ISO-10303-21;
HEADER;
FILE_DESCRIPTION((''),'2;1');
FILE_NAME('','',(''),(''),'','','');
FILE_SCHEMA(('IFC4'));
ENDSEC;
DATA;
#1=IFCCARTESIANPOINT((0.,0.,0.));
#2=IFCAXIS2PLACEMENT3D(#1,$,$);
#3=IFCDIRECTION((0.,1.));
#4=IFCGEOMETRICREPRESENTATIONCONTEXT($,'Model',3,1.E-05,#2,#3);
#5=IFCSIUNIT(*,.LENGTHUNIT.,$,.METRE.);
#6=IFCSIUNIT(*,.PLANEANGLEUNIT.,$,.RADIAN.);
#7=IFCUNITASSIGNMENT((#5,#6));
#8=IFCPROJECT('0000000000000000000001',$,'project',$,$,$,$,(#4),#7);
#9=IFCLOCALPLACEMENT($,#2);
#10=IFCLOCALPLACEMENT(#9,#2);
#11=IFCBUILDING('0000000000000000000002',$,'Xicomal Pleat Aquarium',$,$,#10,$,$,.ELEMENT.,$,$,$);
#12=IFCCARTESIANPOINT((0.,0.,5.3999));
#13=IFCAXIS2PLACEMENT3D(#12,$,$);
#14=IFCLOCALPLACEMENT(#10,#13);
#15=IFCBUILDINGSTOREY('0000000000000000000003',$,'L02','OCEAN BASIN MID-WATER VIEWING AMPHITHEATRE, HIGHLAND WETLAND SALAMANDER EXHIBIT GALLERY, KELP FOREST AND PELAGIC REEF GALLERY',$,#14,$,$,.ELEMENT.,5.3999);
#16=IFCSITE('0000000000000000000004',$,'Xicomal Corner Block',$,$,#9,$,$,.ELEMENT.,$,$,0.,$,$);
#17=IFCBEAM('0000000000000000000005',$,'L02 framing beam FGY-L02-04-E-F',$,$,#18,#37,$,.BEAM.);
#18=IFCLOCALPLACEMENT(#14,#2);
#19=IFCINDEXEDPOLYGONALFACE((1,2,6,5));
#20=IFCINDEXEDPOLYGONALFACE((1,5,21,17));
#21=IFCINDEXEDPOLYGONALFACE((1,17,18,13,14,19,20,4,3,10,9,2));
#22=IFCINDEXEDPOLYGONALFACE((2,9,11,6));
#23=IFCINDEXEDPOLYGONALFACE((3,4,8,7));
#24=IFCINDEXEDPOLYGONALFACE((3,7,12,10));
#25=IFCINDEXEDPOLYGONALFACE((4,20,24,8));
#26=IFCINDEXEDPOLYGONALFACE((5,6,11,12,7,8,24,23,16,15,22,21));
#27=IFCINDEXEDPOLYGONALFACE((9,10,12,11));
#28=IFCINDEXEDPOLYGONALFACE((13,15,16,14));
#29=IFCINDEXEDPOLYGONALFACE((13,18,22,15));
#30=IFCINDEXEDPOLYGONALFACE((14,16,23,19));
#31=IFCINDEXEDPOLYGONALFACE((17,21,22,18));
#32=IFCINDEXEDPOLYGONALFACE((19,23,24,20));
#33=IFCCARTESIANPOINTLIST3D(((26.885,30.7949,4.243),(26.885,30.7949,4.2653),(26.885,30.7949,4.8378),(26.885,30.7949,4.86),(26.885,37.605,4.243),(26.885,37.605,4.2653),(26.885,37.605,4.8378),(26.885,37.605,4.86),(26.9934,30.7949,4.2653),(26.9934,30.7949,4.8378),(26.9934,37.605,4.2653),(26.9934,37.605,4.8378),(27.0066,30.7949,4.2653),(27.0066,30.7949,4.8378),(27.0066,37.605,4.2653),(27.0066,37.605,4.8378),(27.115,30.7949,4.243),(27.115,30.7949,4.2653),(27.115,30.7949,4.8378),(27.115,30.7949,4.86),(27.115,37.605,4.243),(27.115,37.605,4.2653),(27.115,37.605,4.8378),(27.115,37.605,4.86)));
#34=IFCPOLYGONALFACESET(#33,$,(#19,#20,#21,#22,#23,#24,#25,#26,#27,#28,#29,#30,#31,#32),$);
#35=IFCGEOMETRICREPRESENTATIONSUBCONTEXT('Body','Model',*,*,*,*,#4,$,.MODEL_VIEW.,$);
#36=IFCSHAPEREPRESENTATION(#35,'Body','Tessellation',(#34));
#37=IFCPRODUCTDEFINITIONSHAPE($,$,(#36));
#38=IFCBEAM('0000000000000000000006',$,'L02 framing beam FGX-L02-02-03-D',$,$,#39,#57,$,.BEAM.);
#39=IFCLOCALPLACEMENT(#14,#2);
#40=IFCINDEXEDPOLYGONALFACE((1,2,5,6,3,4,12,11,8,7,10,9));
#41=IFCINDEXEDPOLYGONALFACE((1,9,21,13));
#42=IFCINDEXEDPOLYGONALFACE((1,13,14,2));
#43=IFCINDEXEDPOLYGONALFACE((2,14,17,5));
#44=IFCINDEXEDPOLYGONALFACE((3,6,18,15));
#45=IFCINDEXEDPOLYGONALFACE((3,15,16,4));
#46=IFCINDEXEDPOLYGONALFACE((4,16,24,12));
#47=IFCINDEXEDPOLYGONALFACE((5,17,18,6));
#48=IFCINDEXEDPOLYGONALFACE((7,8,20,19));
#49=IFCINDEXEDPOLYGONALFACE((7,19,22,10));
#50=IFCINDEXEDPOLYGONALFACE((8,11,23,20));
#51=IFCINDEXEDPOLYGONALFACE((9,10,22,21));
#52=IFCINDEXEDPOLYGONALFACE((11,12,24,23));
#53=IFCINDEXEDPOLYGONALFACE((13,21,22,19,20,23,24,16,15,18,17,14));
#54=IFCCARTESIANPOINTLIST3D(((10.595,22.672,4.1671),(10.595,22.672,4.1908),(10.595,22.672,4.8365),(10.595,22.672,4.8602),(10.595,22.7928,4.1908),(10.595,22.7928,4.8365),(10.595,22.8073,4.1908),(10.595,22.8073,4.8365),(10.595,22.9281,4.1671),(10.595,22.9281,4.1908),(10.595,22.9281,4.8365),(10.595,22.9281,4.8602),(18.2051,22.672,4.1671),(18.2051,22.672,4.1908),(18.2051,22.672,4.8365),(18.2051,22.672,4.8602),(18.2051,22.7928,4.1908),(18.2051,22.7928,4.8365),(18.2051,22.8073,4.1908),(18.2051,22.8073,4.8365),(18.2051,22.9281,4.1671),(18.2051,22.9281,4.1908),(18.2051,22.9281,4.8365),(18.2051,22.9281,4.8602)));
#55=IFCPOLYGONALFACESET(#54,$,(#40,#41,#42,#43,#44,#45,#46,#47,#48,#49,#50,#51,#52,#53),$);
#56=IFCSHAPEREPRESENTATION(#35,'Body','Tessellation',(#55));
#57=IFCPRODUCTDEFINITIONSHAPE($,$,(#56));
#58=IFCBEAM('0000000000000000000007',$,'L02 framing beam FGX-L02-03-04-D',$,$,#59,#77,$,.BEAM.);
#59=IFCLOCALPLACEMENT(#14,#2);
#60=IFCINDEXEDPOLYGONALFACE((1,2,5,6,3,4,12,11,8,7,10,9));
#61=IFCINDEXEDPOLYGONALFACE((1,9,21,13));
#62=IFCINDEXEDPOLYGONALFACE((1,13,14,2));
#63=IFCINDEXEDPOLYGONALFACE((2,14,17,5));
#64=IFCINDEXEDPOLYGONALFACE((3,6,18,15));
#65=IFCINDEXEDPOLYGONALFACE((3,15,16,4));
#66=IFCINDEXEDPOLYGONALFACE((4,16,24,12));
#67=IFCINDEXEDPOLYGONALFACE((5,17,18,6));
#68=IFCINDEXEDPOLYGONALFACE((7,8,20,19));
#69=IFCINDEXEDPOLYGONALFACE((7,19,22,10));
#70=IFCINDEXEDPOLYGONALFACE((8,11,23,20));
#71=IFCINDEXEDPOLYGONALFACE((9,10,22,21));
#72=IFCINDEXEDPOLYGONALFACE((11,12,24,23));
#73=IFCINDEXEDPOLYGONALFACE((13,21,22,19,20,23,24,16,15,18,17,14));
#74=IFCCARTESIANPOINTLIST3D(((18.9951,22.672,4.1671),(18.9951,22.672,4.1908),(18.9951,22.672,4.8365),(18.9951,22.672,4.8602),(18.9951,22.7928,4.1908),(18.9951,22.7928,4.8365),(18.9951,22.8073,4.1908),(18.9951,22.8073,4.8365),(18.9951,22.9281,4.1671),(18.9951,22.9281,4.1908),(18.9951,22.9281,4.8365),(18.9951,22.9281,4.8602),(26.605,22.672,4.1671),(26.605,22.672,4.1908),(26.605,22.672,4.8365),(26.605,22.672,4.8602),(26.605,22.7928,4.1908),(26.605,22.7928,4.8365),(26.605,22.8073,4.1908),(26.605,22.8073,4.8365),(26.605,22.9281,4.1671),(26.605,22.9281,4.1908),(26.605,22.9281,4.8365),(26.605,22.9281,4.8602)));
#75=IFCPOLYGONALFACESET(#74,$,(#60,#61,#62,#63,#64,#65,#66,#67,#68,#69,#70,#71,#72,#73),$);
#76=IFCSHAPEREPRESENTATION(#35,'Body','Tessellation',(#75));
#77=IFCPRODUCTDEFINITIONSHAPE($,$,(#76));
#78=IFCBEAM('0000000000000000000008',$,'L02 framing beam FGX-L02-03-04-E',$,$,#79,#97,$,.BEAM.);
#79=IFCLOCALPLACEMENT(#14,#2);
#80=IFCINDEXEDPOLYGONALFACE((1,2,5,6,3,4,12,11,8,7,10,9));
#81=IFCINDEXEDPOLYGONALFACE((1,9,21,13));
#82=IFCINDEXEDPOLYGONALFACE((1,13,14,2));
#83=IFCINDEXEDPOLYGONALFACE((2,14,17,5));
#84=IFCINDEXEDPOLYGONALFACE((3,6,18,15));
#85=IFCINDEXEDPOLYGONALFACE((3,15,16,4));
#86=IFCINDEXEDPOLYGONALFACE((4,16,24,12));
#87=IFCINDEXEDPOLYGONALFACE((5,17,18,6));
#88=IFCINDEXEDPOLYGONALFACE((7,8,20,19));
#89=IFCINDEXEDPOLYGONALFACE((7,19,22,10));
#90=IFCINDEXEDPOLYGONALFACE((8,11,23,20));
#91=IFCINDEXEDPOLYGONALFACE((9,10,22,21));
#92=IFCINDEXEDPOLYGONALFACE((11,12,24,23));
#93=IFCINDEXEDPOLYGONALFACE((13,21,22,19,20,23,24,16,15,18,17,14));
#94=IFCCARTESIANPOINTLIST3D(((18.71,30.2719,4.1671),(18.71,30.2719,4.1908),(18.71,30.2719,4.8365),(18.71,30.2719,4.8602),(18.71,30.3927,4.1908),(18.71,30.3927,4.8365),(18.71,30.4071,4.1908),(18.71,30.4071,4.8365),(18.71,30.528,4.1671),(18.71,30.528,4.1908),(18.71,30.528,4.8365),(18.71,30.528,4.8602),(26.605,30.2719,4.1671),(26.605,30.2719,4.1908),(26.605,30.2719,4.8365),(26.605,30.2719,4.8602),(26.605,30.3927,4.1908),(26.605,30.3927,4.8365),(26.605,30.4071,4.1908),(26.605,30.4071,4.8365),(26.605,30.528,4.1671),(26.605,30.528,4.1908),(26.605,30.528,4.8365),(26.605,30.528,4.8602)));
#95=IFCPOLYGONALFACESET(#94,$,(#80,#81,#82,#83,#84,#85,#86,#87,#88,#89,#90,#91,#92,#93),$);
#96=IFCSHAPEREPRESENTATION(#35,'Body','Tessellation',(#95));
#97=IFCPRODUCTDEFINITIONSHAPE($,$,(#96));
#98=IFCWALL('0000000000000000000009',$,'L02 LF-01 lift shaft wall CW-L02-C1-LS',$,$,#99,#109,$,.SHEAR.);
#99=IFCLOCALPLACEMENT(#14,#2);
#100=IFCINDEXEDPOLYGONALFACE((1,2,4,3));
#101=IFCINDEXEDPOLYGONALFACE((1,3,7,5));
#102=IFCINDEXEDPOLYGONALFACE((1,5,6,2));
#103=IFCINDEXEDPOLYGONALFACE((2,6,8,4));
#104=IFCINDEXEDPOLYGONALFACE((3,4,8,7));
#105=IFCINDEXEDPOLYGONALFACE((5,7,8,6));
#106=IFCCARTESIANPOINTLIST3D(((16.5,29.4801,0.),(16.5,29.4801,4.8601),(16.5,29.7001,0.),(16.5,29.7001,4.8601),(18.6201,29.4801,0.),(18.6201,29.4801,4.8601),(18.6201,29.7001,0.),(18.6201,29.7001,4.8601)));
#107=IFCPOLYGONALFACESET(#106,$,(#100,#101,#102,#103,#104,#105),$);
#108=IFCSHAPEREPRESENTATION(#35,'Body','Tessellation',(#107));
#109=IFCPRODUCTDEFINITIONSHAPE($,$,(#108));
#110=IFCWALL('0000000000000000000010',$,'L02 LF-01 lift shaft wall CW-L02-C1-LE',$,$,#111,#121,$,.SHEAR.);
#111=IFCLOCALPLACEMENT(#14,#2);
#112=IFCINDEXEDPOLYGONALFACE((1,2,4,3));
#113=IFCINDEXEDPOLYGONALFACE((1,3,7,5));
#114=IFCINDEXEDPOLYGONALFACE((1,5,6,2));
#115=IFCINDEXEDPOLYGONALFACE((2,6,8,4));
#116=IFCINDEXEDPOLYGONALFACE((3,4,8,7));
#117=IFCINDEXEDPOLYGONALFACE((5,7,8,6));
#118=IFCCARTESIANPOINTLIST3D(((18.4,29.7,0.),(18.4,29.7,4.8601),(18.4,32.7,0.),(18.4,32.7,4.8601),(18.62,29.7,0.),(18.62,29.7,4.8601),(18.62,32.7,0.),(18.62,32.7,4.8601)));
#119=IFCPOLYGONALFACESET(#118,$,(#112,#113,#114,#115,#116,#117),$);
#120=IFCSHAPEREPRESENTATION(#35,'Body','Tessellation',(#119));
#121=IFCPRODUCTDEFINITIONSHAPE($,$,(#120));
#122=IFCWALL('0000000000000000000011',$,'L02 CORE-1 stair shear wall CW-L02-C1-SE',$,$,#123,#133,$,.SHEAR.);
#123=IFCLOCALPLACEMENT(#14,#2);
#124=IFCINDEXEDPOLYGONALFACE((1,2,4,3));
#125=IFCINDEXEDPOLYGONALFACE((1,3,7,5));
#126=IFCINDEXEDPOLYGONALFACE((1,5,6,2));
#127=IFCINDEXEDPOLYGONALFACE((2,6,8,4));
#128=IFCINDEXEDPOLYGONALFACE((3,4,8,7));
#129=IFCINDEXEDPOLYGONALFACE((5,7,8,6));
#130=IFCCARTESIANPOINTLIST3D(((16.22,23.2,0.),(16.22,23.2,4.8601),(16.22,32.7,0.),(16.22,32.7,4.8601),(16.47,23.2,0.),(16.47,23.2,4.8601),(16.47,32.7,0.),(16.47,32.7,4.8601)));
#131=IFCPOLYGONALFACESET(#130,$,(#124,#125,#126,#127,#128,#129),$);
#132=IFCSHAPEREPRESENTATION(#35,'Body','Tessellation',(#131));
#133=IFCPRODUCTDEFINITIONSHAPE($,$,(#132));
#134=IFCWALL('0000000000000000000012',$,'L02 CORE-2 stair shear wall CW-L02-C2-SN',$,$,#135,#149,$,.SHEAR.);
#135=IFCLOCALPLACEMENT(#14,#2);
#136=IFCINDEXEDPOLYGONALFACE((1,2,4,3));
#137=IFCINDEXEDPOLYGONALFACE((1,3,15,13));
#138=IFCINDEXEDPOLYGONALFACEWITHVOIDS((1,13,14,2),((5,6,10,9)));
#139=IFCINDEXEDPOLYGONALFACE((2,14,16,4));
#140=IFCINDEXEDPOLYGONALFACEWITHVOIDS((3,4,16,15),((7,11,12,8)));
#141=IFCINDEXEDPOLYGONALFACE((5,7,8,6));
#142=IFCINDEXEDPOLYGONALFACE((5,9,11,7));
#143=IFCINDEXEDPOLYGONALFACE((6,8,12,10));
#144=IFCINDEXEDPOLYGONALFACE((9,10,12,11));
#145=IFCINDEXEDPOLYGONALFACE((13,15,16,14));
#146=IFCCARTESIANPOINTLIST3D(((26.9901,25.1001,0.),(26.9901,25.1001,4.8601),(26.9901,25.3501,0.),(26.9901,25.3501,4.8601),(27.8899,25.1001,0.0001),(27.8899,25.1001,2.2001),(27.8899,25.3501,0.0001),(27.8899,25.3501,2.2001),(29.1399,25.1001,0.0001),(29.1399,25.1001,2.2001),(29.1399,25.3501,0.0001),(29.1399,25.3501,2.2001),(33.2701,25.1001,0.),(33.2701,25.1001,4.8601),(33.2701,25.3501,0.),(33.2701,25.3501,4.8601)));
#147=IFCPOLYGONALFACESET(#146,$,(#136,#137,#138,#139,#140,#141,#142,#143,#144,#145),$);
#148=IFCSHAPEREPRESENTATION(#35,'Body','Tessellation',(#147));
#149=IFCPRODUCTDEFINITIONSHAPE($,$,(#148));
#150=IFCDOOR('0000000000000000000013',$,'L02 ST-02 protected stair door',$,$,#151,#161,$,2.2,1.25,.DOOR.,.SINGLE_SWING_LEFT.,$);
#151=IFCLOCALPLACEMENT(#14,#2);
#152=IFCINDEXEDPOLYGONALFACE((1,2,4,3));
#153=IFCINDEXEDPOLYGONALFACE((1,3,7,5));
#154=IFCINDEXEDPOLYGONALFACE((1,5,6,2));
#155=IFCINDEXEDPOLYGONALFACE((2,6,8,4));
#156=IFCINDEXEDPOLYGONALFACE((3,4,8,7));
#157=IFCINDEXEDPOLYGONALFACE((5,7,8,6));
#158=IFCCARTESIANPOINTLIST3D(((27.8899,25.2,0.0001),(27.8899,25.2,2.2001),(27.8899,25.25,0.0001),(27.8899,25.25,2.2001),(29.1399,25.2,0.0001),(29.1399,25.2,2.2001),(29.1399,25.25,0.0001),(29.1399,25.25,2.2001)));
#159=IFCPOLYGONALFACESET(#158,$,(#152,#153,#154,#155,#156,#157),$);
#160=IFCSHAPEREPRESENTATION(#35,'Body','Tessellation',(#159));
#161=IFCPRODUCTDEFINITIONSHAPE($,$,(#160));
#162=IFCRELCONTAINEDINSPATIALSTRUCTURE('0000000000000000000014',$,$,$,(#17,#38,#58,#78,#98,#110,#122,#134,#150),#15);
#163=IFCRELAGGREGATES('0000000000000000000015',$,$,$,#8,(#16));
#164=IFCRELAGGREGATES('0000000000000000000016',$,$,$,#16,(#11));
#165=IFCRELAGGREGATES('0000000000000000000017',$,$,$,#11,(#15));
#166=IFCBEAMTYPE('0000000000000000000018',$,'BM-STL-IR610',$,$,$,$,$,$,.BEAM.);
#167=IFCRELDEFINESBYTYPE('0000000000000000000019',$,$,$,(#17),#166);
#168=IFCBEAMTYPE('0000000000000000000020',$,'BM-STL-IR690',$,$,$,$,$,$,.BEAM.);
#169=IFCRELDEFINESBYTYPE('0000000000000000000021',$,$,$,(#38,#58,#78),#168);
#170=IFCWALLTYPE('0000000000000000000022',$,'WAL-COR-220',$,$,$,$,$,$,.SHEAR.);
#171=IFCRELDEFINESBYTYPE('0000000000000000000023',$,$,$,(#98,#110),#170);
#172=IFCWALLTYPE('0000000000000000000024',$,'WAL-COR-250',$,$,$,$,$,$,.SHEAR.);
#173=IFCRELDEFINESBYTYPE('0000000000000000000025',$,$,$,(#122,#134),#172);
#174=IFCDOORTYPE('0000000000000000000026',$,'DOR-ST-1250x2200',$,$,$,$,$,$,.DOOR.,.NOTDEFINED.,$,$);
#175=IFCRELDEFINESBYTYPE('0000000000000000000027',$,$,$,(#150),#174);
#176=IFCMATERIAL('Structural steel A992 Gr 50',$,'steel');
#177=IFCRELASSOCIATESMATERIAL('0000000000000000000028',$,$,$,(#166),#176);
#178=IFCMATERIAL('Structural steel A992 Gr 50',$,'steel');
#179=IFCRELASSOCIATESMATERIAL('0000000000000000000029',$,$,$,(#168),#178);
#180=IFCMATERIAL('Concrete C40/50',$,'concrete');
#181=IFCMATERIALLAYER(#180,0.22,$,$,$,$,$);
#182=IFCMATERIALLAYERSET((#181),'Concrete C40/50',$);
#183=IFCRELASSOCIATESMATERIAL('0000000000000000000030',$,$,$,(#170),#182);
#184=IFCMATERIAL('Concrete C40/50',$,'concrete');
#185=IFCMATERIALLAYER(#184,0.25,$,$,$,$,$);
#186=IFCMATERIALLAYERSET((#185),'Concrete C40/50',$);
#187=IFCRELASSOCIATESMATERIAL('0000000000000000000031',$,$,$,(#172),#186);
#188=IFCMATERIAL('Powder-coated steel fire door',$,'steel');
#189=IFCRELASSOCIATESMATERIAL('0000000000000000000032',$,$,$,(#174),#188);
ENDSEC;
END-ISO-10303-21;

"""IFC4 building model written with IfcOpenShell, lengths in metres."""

from ifc_helpers import new_model, si_unit, direction, frame, frame_2d, origin, origin_2d, place, context, subcontext, project, spatial, rectangle, i_section, extrude, material, layer, layer_set, material_profile, profile_set, type_object, element, fill, save


model = new_model("IFC4")

# Units and contexts
model_context = context("Model", 3, precision=1e-05, world=origin(), true_north=direction((0.0, 1.0)))
body_context = subcontext(model_context, "Body", "Model", "MODEL_VIEW")
ifc_project = project(units=[si_unit("LENGTHUNIT", "METRE"), si_unit("PLANEANGLEUNIT", "RADIAN")], contexts=[model_context])

# Site, building, storey
site_placement = place(None, origin())
site = spatial("IfcSite", under=ifc_project, at=site_placement, Name="Xicomal Corner Block", CompositionType="ELEMENT", RefElevation=0.0)
building_placement = place(site_placement, origin())
building = spatial("IfcBuilding", under=site, at=building_placement, Name="Xicomal Pleat Aquarium", CompositionType="ELEMENT")
storey_placement = place(building_placement, frame((0.0, 0.0, 5.3999)))
storey = spatial("IfcBuildingStorey", under=building, at=storey_placement, Name="L02", Description="OCEAN BASIN MID-WATER VIEWING AMPHITHEATRE, HIGHLAND WETLAND SALAMANDER EXHIBIT GALLERY, KELP FOREST AND PELAGIC REEF GALLERY", CompositionType="ELEMENT", Elevation=5.3999)

# Beams
ifc_material_1 = material(Name="Structural steel A992 Gr 50", Category="steel")
ifc_material_profile_1 = material_profile(ifc_material_1, i_section(OverallWidth=0.23, OverallDepth=0.6169, WebThickness=0.0132, FlangeThickness=0.0222, at=origin_2d()), Name="IR 610x140")
ifc_profile_set_1 = profile_set([ifc_material_profile_1], Name="Structural steel A992 Gr 50")
beam_type_1 = type_object("IfcBeamType", Name="BM-STL-IR610", PredefinedType="BEAM", material=ifc_profile_set_1)
beam_1_placement = place(storey_placement, frame((27.0, 30.7949, 4.5515), z_axis=(0.0, 1.0, 0.0), x_axis=(-1.0, 0.0, 0.0)))
element("IfcBeam", 1, at=beam_1_placement, inside=storey, type_object=beam_type_1, Name="L02 framing beam FGY-L02-04-E-F", PredefinedType="BEAM", context=body_context, shape_type="SweptSolid", body=[
    extrude(i_section(OverallWidth=0.23, OverallDepth=0.6169, WebThickness=0.0132, FlangeThickness=0.0222, at=origin_2d()), origin(), (0.0, 0.0, 1.0), 6.8101),
])
ifc_material_2 = material(Name="Structural steel A992 Gr 50", Category="steel")
ifc_material_profile_2 = material_profile(ifc_material_2, i_section(OverallWidth=0.2561, OverallDepth=0.6931, WebThickness=0.0144, FlangeThickness=0.0237, at=origin_2d()), Name="IR 690x170")
ifc_profile_set_2 = profile_set([ifc_material_profile_2], Name="Structural steel A992 Gr 50")
beam_type_2 = type_object("IfcBeamType", Name="BM-STL-IR690", PredefinedType="BEAM", material=ifc_profile_set_2)
beam_2_placement = place(storey_placement, frame((10.595, 22.8, 4.5137), z_axis=(1.0, 0.0, 0.0), x_axis=(0.0, 1.0, 0.0)))
element("IfcBeam", 2, at=beam_2_placement, inside=storey, type_object=beam_type_2, Name="L02 framing beam FGX-L02-02-03-D", PredefinedType="BEAM", context=body_context, shape_type="SweptSolid", body=[
    extrude(i_section(OverallWidth=0.2561, OverallDepth=0.6931, WebThickness=0.0144, FlangeThickness=0.0237, at=origin_2d()), origin(), (0.0, 0.0, 1.0), 7.6101),
])
beam_3_placement = place(storey_placement, frame((18.9951, 22.8, 4.5137), z_axis=(1.0, 0.0, 0.0), x_axis=(0.0, 1.0, 0.0)))
element("IfcBeam", 3, at=beam_3_placement, inside=storey, type_object=beam_type_2, Name="L02 framing beam FGX-L02-03-04-D", PredefinedType="BEAM", context=body_context, shape_type="SweptSolid", body=[
    extrude(i_section(OverallWidth=0.2561, OverallDepth=0.6931, WebThickness=0.0144, FlangeThickness=0.0237, at=origin_2d()), origin(), (0.0, 0.0, 1.0), 7.6099),
])
beam_4_placement = place(storey_placement, frame((18.71, 30.3999, 4.5137), z_axis=(1.0, 0.0, 0.0), x_axis=(0.0, 1.0, 0.0)))
element("IfcBeam", 4, at=beam_4_placement, inside=storey, type_object=beam_type_2, Name="L02 framing beam FGX-L02-03-04-E", PredefinedType="BEAM", context=body_context, shape_type="SweptSolid", body=[
    extrude(i_section(OverallWidth=0.2561, OverallDepth=0.6931, WebThickness=0.0144, FlangeThickness=0.0237, at=origin_2d()), origin(), (0.0, 0.0, 1.0), 7.895),
])

# Walls
ifc_material_3 = material(Name="Concrete C40/50", Category="concrete")
ifc_layer_1 = layer(ifc_material_3, 0.22)
ifc_layer_set_1 = layer_set([ifc_layer_1], Name="Concrete C40/50")
wall_type_1 = type_object("IfcWallType", Name="WAL-COR-220", PredefinedType="SHEAR", material=ifc_layer_set_1)
wall_1_placement = place(storey_placement, frame((16.5, 29.5901, 0.0), z_axis=(0.0, 0.0, 1.0), x_axis=(1.0, 0.0, 0.0)))
element("IfcWall", 5, at=wall_1_placement, inside=storey, type_object=wall_type_1, Name="L02 LF-01 lift shaft wall CW-L02-C1-LS", PredefinedType="SHEAR", context=body_context, shape_type="SweptSolid", body=[
    extrude(rectangle(XDim=2.1201, YDim=0.22, at=frame_2d((1.0601, 0.0))), origin(), (0.0, 0.0, 1.0), 4.8601),
])
wall_2_placement = place(storey_placement, frame((18.51, 29.7, 0.0), z_axis=(0.0, 0.0, 1.0), x_axis=(0.0, 1.0, 0.0)))
element("IfcWall", 6, at=wall_2_placement, inside=storey, type_object=wall_type_1, Name="L02 LF-01 lift shaft wall CW-L02-C1-LE", PredefinedType="SHEAR", context=body_context, shape_type="SweptSolid", body=[
    extrude(rectangle(XDim=3.0, YDim=0.22, at=frame_2d((1.5, 0.0))), origin(), (0.0, 0.0, 1.0), 4.8601),
])
ifc_material_4 = material(Name="Concrete C40/50", Category="concrete")
ifc_layer_2 = layer(ifc_material_4, 0.25)
ifc_layer_set_2 = layer_set([ifc_layer_2], Name="Concrete C40/50")
wall_type_2 = type_object("IfcWallType", Name="WAL-COR-250", PredefinedType="SHEAR", material=ifc_layer_set_2)
wall_3_placement = place(storey_placement, frame((16.345, 23.2, 0.0), z_axis=(0.0, 0.0, 1.0), x_axis=(0.0, 1.0, 0.0)))
element("IfcWall", 7, at=wall_3_placement, inside=storey, type_object=wall_type_2, Name="L02 CORE-1 stair shear wall CW-L02-C1-SE", PredefinedType="SHEAR", context=body_context, shape_type="SweptSolid", body=[
    extrude(rectangle(XDim=9.5, YDim=0.25, at=frame_2d((4.75, 0.0))), origin(), (0.0, 0.0, 1.0), 4.8601),
])

# Wall, opening, door
wall_4_placement = place(storey_placement, frame((26.99, 25.2251, 0.0), z_axis=(0.0, 0.0, 1.0), x_axis=(1.0, 0.0, 0.0)))
wall_4 = element("IfcWall", 8, at=wall_4_placement, inside=storey, type_object=wall_type_2, Name="L02 CORE-2 stair shear wall CW-L02-C2-SN", PredefinedType="SHEAR", context=body_context, shape_type="SweptSolid", body=[
    extrude(rectangle(XDim=6.28, YDim=0.25, at=frame_2d((3.1401, 0.0))), origin(), (0.0, 0.0, 1.0), 4.8601),
])
opening_1_placement = place(wall_4_placement, frame((0.8999, 0.0, 0.0)))
opening_1 = element("IfcOpeningElement", 9, at=opening_1_placement, cuts=wall_4, PredefinedType="OPENING", context=body_context, shape_type="SweptSolid", body=[
    extrude(rectangle(XDim=1.25, YDim=2.2, at=frame_2d((0.625, 1.1001))), frame((0.0, 0.135, 0.0), z_axis=(0.0, -1.0, 0.0), x_axis=(1.0, 0.0, 0.0)), (0.0, 0.0, 1.0), 0.27),
])
ifc_material_5 = material(Name="Powder-coated steel fire door", Category="steel")
door_type_1 = type_object("IfcDoorType", Name="DOR-ST-1250x2200", OperationType="NOTDEFINED", PredefinedType="DOOR", material=ifc_material_5)
door_1_placement = place(opening_1_placement, origin())
door_1 = element("IfcDoor", 10, at=door_1_placement, inside=storey, type_object=door_type_1, Name="L02 ST-02 protected stair door", OperationType="SINGLE_SWING_LEFT", OverallHeight=2.2, OverallWidth=1.25, PredefinedType="DOOR", context=body_context, shape_type="SweptSolid", body=[
    extrude(rectangle(XDim=1.25, YDim=2.2, at=frame_2d((0.625, 1.1001))), frame((0.0, 0.0249, 0.0), z_axis=(0.0, -1.0, 0.0), x_axis=(1.0, 0.0, 0.0)), (0.0, 0.0, 1.0), 0.05),
])
fill(opening_1, door_1)

save(model, "model.ifc")
